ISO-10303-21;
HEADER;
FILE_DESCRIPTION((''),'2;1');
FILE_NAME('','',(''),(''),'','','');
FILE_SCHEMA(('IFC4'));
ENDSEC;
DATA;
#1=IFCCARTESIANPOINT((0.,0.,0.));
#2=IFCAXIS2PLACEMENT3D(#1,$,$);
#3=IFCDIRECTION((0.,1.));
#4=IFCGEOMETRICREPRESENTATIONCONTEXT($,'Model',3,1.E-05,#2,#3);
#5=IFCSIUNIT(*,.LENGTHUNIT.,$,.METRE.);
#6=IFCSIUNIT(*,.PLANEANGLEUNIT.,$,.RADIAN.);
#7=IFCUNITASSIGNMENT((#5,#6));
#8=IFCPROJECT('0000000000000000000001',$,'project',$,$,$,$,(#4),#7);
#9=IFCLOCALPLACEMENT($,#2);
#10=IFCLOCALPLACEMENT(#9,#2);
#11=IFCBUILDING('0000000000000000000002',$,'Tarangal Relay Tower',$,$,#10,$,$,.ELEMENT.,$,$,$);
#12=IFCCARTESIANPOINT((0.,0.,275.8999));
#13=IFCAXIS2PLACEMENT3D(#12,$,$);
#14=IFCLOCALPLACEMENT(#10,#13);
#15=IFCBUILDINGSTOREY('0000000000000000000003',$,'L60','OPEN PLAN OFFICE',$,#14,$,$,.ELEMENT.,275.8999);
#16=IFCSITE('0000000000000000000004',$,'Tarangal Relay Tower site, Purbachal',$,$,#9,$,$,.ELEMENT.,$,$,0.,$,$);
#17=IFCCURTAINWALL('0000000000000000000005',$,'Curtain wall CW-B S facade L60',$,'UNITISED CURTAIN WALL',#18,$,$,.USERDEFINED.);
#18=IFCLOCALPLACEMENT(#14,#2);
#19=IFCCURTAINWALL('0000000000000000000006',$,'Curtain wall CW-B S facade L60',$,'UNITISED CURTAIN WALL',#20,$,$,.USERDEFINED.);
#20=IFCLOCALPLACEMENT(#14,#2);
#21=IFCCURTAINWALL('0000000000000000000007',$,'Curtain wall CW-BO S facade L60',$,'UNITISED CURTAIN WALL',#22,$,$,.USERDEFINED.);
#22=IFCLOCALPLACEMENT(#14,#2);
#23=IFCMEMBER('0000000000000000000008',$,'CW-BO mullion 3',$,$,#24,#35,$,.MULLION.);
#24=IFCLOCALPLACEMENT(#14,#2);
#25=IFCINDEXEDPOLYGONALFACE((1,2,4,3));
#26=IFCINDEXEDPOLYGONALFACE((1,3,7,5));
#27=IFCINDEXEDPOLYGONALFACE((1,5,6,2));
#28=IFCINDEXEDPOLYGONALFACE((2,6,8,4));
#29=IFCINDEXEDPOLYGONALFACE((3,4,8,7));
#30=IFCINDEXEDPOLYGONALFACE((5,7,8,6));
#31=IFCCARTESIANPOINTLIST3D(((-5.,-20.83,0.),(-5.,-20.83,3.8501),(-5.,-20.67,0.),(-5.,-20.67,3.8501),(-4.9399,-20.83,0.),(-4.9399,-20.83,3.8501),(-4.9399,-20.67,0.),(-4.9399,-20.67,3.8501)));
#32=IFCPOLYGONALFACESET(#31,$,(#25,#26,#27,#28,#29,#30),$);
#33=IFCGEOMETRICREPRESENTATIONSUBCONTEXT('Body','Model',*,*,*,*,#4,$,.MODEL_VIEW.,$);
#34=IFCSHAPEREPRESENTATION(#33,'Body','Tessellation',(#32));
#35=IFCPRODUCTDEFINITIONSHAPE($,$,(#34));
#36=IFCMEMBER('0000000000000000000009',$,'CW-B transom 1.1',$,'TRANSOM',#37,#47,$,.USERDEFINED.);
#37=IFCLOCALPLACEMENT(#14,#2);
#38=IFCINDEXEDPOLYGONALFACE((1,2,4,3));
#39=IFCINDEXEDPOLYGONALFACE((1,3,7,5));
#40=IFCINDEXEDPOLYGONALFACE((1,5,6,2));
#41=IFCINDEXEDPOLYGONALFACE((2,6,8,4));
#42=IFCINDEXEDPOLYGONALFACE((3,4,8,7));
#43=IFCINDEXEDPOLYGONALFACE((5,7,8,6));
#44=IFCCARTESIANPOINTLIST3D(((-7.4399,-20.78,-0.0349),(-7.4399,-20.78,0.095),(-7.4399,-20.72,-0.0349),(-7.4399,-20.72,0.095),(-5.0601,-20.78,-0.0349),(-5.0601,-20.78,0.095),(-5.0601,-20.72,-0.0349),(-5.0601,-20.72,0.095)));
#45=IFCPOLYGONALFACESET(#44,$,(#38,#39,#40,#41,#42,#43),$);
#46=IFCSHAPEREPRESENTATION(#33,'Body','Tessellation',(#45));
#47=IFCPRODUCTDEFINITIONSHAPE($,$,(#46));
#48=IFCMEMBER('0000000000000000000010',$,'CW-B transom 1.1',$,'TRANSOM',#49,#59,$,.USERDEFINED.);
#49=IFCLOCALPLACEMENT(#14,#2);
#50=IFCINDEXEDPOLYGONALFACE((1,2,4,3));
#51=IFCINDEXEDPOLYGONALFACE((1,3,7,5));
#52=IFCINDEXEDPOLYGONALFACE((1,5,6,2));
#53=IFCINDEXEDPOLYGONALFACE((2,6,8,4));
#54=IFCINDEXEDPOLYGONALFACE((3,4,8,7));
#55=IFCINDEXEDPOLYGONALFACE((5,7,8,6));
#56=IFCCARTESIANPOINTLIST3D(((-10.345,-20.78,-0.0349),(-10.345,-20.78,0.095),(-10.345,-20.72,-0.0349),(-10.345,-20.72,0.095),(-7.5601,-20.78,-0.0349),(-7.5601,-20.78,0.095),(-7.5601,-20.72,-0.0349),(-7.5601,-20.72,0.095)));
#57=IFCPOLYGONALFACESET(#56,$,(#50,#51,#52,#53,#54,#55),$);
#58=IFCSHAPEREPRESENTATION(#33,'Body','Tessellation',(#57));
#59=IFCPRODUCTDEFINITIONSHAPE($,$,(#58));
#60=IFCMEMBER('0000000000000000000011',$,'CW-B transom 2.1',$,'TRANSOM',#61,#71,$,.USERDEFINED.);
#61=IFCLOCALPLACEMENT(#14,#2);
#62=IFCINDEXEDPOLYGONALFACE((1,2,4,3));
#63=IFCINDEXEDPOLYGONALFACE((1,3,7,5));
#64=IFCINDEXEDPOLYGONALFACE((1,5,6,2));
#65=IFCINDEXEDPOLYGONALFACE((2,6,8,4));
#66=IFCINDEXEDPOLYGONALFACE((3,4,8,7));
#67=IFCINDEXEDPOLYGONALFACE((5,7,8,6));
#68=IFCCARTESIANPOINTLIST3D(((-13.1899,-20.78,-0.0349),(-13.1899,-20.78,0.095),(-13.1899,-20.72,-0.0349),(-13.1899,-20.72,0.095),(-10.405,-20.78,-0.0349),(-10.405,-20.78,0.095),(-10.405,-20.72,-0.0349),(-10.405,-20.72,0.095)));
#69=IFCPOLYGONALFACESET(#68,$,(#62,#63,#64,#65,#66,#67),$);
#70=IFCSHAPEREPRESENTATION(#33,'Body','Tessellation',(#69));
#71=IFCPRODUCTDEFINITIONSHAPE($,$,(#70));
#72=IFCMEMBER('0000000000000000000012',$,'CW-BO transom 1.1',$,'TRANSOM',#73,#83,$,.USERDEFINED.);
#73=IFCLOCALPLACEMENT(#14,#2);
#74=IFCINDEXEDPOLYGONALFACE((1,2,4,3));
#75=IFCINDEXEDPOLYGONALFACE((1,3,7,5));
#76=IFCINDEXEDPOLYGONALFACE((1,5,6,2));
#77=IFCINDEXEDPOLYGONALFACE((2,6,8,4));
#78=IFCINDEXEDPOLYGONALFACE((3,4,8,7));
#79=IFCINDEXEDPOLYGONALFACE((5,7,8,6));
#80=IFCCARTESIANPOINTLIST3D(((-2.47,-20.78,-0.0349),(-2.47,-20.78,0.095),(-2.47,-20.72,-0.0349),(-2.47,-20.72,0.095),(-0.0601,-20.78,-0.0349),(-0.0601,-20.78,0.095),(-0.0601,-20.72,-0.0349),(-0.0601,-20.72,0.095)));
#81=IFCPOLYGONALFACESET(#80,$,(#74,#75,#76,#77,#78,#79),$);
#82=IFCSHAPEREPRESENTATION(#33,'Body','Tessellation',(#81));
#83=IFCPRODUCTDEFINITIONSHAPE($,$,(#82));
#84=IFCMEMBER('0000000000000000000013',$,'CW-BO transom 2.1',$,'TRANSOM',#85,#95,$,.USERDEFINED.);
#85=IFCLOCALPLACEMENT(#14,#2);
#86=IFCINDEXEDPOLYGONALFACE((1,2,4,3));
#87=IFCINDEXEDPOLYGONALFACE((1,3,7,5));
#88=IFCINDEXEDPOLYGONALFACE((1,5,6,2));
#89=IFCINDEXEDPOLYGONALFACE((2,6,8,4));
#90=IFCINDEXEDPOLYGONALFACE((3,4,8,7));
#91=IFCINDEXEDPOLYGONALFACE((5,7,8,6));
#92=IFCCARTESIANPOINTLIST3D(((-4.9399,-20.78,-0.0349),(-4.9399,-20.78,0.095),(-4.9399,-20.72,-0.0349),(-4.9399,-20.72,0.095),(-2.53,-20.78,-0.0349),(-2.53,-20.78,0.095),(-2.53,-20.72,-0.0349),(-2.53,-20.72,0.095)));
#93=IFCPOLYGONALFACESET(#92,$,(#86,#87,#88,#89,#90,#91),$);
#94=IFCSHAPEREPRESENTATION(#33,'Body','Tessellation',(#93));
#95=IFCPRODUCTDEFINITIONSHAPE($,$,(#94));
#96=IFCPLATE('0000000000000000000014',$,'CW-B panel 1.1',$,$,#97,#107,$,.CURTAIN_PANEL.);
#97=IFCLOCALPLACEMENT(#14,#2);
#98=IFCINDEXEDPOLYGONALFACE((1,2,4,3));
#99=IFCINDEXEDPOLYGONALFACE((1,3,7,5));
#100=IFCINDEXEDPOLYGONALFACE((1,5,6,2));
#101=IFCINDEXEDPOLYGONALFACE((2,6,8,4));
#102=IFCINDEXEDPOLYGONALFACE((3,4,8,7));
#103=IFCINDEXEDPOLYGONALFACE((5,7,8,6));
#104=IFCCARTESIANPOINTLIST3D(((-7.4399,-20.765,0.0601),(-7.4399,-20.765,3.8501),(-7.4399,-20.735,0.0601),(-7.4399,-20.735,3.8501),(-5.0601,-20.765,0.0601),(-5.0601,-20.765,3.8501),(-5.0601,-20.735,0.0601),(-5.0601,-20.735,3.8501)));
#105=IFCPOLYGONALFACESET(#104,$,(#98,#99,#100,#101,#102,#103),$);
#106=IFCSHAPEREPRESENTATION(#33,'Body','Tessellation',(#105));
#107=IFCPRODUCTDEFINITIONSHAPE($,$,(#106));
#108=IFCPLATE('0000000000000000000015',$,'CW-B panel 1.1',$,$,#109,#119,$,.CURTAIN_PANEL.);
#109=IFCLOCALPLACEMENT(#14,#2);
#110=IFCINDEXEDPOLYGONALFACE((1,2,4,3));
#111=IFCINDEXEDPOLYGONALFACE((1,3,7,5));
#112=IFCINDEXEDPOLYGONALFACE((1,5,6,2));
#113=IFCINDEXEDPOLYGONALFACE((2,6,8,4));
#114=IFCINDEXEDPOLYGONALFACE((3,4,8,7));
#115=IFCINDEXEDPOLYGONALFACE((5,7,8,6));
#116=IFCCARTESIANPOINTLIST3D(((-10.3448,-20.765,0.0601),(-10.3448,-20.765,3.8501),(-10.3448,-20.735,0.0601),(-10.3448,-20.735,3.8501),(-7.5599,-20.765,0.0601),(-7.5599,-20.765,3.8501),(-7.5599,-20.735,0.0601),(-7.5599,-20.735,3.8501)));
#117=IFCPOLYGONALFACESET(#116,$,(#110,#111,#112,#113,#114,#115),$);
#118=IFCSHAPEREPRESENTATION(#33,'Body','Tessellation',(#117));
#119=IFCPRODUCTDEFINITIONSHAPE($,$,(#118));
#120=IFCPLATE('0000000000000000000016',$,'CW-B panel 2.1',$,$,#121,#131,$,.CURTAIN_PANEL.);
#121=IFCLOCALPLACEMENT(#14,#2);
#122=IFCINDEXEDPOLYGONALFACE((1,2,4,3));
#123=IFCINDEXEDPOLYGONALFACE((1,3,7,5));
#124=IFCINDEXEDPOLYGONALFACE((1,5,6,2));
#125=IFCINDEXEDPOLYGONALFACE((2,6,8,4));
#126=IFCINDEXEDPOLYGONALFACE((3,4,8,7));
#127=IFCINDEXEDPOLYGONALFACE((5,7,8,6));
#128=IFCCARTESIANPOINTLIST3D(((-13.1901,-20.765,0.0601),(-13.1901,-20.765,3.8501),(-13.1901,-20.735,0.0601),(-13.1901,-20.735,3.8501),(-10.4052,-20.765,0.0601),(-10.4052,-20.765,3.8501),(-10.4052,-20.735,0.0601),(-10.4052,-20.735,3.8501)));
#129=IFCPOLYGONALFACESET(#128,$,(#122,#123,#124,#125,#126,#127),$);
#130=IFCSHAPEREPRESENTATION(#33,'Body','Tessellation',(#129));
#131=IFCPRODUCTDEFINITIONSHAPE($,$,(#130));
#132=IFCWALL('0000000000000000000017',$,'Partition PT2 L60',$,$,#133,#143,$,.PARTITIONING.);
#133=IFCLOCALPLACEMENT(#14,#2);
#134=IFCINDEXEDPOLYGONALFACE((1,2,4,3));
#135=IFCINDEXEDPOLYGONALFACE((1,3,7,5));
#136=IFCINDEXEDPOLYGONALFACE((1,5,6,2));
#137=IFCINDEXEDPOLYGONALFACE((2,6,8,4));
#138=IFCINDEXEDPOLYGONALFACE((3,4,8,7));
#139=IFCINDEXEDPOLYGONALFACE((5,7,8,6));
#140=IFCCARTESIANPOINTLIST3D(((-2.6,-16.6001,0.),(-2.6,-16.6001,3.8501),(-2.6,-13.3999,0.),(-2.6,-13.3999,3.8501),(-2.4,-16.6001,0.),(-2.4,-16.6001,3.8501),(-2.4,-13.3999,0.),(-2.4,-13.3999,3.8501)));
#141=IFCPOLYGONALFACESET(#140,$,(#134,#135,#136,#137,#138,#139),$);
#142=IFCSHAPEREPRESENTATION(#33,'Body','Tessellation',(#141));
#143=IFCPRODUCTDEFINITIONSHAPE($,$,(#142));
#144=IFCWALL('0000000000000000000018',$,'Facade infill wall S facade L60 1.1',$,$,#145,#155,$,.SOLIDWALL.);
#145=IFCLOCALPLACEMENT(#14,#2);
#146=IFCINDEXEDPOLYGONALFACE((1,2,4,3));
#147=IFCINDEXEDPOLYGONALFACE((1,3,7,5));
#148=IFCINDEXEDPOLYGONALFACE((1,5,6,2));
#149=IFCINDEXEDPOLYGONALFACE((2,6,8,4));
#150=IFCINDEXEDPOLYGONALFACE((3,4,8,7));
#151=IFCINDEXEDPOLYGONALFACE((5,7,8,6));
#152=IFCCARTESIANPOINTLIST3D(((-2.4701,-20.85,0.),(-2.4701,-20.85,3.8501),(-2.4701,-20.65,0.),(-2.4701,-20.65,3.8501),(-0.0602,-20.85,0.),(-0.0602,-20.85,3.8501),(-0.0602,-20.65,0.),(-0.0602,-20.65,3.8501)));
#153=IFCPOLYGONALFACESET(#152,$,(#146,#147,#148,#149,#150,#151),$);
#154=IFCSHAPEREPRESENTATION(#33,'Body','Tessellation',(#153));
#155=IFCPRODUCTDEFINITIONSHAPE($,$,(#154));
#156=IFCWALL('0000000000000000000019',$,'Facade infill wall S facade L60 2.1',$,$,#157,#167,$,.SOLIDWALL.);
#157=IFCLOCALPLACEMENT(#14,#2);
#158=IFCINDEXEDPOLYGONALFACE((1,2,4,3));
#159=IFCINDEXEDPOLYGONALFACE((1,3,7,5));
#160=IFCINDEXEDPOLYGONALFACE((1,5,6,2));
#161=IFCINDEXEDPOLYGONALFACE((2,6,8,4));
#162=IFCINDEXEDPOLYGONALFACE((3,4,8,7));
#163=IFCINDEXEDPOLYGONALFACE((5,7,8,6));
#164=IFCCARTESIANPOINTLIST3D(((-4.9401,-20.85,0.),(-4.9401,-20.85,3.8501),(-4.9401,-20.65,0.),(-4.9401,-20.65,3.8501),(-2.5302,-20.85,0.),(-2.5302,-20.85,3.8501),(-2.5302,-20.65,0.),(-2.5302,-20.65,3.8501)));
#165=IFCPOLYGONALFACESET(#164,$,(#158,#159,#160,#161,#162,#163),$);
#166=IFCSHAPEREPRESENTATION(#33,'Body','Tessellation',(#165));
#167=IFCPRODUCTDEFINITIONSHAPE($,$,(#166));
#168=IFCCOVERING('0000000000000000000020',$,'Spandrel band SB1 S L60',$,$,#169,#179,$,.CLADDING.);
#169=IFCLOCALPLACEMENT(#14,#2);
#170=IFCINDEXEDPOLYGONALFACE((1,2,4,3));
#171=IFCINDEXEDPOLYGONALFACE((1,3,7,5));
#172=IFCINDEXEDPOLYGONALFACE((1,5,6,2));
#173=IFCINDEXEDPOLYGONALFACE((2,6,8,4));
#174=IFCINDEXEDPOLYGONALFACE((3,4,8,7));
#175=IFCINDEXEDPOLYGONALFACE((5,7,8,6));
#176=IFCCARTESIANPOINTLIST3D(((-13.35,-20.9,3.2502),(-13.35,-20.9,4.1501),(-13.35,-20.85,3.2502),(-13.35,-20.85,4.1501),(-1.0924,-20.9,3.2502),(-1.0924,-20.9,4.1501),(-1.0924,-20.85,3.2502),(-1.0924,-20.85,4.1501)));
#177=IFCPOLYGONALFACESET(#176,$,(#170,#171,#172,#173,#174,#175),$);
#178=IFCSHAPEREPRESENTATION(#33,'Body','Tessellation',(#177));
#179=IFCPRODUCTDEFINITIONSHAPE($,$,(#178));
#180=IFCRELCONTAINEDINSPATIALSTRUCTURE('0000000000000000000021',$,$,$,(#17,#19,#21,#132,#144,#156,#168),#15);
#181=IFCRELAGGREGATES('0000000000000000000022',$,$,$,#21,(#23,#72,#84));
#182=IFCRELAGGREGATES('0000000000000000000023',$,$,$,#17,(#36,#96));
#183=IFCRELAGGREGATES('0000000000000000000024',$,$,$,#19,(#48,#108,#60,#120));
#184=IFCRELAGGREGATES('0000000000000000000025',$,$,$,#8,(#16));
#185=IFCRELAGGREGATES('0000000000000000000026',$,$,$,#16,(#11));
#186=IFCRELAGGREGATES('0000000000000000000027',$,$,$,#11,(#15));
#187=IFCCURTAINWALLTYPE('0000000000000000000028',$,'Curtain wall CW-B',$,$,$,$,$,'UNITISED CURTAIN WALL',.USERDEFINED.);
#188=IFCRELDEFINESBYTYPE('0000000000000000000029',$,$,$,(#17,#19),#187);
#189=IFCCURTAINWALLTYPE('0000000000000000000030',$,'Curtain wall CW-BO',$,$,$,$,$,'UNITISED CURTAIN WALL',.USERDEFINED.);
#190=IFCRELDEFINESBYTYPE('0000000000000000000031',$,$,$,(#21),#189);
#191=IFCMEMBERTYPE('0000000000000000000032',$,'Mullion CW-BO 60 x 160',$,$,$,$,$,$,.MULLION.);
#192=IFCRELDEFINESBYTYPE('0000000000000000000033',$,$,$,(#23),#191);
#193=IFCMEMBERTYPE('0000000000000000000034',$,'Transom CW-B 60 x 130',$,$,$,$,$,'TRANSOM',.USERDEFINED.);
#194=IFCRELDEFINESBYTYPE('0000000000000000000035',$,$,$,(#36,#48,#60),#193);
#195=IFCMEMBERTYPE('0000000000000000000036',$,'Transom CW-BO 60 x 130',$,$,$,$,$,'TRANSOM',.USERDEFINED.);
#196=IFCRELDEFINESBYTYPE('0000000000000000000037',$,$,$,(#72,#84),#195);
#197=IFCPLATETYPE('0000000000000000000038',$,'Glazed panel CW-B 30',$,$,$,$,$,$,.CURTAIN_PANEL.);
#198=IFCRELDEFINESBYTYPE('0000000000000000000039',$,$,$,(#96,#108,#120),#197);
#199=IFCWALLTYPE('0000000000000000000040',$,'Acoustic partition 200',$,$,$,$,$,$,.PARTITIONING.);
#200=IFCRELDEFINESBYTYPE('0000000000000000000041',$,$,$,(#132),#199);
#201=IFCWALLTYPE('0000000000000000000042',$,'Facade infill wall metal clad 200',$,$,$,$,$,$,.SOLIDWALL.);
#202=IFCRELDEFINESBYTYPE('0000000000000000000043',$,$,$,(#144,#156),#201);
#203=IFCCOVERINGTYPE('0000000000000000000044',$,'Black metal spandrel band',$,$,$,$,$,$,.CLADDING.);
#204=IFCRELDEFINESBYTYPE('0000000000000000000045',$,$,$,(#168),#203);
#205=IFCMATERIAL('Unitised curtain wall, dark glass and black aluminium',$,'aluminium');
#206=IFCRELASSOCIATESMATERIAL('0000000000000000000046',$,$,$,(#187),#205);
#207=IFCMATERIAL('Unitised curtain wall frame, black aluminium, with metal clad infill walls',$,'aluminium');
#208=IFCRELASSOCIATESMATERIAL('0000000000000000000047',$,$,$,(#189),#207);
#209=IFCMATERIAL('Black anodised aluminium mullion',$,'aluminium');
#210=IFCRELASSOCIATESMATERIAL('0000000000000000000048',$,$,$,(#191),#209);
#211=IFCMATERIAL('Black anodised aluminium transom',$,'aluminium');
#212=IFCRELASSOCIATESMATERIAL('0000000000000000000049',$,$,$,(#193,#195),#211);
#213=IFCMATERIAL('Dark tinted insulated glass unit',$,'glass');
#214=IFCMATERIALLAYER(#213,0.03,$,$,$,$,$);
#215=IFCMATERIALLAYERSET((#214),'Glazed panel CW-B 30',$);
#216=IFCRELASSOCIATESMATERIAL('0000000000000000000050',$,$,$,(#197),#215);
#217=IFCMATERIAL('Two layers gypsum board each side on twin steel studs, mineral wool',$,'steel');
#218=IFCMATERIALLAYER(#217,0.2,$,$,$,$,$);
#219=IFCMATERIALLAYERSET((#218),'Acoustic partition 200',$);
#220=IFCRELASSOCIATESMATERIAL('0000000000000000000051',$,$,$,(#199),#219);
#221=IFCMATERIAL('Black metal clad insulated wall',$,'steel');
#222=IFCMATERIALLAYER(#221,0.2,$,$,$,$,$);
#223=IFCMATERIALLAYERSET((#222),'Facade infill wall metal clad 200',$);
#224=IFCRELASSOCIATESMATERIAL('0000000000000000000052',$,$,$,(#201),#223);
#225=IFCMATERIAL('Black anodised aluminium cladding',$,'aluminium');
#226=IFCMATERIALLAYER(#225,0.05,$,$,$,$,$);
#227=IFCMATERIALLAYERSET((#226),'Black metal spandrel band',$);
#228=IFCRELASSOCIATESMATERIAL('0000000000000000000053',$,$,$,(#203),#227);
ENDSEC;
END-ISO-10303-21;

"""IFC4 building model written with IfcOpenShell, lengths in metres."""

from ifc_helpers import new_model, si_unit, direction, frame, frame_2d, origin, origin_2d, place, context, subcontext, project, spatial, rectangle, extrude, material, layer, layer_set, material_profile, profile_set, type_object, element, aggregate, save


model = new_model("IFC4")

# Units and contexts
model_context = context("Model", 3, precision=1e-05, world=origin(), true_north=direction((0.0, 1.0)))
body_context = subcontext(model_context, "Body", "Model", "MODEL_VIEW")
ifc_project = project(units=[si_unit("LENGTHUNIT", "METRE"), si_unit("PLANEANGLEUNIT", "RADIAN")], contexts=[model_context])

# Site, building, storey
site_placement = place(None, origin())
site = spatial("IfcSite", under=ifc_project, at=site_placement, Name="Tarangal Relay Tower site, Purbachal", CompositionType="ELEMENT", RefElevation=0.0)
building_placement = place(site_placement, origin())
building = spatial("IfcBuilding", under=site, at=building_placement, Name="Tarangal Relay Tower", CompositionType="ELEMENT")
storey_placement = place(building_placement, frame((0.0, 0.0, 275.8999)))
storey = spatial("IfcBuildingStorey", under=building, at=storey_placement, Name="L60", Description="OPEN PLAN OFFICE", CompositionType="ELEMENT", Elevation=275.8999)

# Curtain walls, member
ifc_material_1 = material(Name="Unitised curtain wall, dark glass and black aluminium", Category="aluminium")
curtain_wall_type_1 = type_object("IfcCurtainWallType", Name="Curtain wall CW-B", ElementType="UNITISED CURTAIN WALL", PredefinedType="USERDEFINED", material=ifc_material_1)
curtain_wall_1_placement = place(storey_placement, origin())
curtain_wall_1 = element("IfcCurtainWall", 1, at=curtain_wall_1_placement, inside=storey, type_object=curtain_wall_type_1, Name="Curtain wall CW-B S facade L60", ObjectType="UNITISED CURTAIN WALL", PredefinedType="USERDEFINED")
ifc_material_2 = material(Name="Black anodised aluminium mullion", Category="aluminium")
curtain_wall_2_placement = place(storey_placement, origin())
curtain_wall_2 = element("IfcCurtainWall", 2, at=curtain_wall_2_placement, inside=storey, type_object=curtain_wall_type_1, Name="Curtain wall CW-B S facade L60", ObjectType="UNITISED CURTAIN WALL", PredefinedType="USERDEFINED")
ifc_material_3 = material(Name="Unitised curtain wall frame, black aluminium, with metal clad infill walls", Category="aluminium")
curtain_wall_type_2 = type_object("IfcCurtainWallType", Name="Curtain wall CW-BO", ElementType="UNITISED CURTAIN WALL", PredefinedType="USERDEFINED", material=ifc_material_3)
curtain_wall_3_placement = place(storey_placement, origin())
curtain_wall_3 = element("IfcCurtainWall", 3, at=curtain_wall_3_placement, inside=storey, type_object=curtain_wall_type_2, Name="Curtain wall CW-BO S facade L60", ObjectType="UNITISED CURTAIN WALL", PredefinedType="USERDEFINED")
ifc_material_profile_1 = material_profile(ifc_material_2, rectangle(XDim=0.1599, YDim=0.0601, at=origin_2d()), Name="CW-BOM 60X160")
ifc_profile_set_1 = profile_set([ifc_material_profile_1], Name="Black anodised aluminium mullion")
member_type_1 = type_object("IfcMemberType", Name="Mullion CW-BO 60 x 160", PredefinedType="MULLION", material=ifc_profile_set_1)
member_1_placement = place(storey_placement, frame((-4.97, -20.75, 0.0), z_axis=(0.0, 0.0, 1.0), x_axis=(0.0, -1.0, 0.0)))
member_1 = element("IfcMember", 4, at=member_1_placement, type_object=member_type_1, Name="CW-BO mullion 3", PredefinedType="MULLION", context=body_context, shape_type="SweptSolid", body=[
    extrude(rectangle(XDim=0.1599, YDim=0.0601, at=origin_2d()), origin(), (0.0, 0.0, 1.0), 3.8501),
])

# Members
ifc_material_4 = material(Name="Black anodised aluminium transom", Category="aluminium")
ifc_material_profile_2 = material_profile(ifc_material_4, rectangle(XDim=0.0601, YDim=0.1299, at=origin_2d()), Name="CW-BT 60X130")
ifc_profile_set_2 = profile_set([ifc_material_profile_2], Name="Black anodised aluminium transom")
member_type_2 = type_object("IfcMemberType", Name="Transom CW-B 60 x 130", ElementType="TRANSOM", PredefinedType="USERDEFINED", material=ifc_profile_set_2)
member_2_placement = place(storey_placement, frame((-5.0601, -20.75, 0.03), z_axis=(-1.0, 0.0, 0.0), x_axis=(0.0, -1.0, 0.0)))
member_2 = element("IfcMember", 5, at=member_2_placement, type_object=member_type_2, Name="CW-B transom 1.1", ObjectType="TRANSOM", PredefinedType="USERDEFINED", context=body_context, shape_type="SweptSolid", body=[
    extrude(rectangle(XDim=0.0601, YDim=0.1299, at=origin_2d()), origin(), (0.0, 0.0, 1.0), 2.3799),
])
member_3_placement = place(storey_placement, frame((-7.5601, -20.75, 0.03), z_axis=(-1.0, 0.0, 0.0), x_axis=(0.0, -1.0, 0.0)))
member_3 = element("IfcMember", 6, at=member_3_placement, type_object=member_type_2, Name="CW-B transom 1.1", ObjectType="TRANSOM", PredefinedType="USERDEFINED", context=body_context, shape_type="SweptSolid", body=[
    extrude(rectangle(XDim=0.0601, YDim=0.1299, at=origin_2d()), origin(), (0.0, 0.0, 1.0), 2.7849),
])
member_4_placement = place(storey_placement, frame((-10.405, -20.75, 0.03), z_axis=(-1.0, 0.0, 0.0), x_axis=(0.0, -1.0, 0.0)))
member_4 = element("IfcMember", 7, at=member_4_placement, type_object=member_type_2, Name="CW-B transom 2.1", ObjectType="TRANSOM", PredefinedType="USERDEFINED", context=body_context, shape_type="SweptSolid", body=[
    extrude(rectangle(XDim=0.0601, YDim=0.1299, at=origin_2d()), origin(), (0.0, 0.0, 1.0), 2.7849),
])
ifc_material_profile_3 = material_profile(ifc_material_4, rectangle(XDim=0.0601, YDim=0.1299, at=origin_2d()), Name="CW-BOT 60X130")
ifc_profile_set_3 = profile_set([ifc_material_profile_3], Name="Black anodised aluminium transom")
member_type_3 = type_object("IfcMemberType", Name="Transom CW-BO 60 x 130", ElementType="TRANSOM", PredefinedType="USERDEFINED", material=ifc_profile_set_3)
member_5_placement = place(storey_placement, frame((-0.0601, -20.75, 0.03), z_axis=(-1.0, 0.0, 0.0), x_axis=(0.0, -1.0, 0.0)))
member_5 = element("IfcMember", 8, at=member_5_placement, type_object=member_type_3, Name="CW-BO transom 1.1", ObjectType="TRANSOM", PredefinedType="USERDEFINED", context=body_context, shape_type="SweptSolid", body=[
    extrude(rectangle(XDim=0.0601, YDim=0.1299, at=origin_2d()), origin(), (0.0, 0.0, 1.0), 2.4099),
])
member_6_placement = place(storey_placement, frame((-2.53, -20.75, 0.03), z_axis=(-1.0, 0.0, 0.0), x_axis=(0.0, -1.0, 0.0)))
member_6 = element("IfcMember", 9, at=member_6_placement, type_object=member_type_3, Name="CW-BO transom 2.1", ObjectType="TRANSOM", PredefinedType="USERDEFINED", context=body_context, shape_type="SweptSolid", body=[
    extrude(rectangle(XDim=0.0601, YDim=0.1299, at=origin_2d()), origin(), (0.0, 0.0, 1.0), 2.4099),
])
aggregate(curtain_wall_3, [member_1, member_5, member_6])

# Plates
ifc_material_5 = material(Name="Dark tinted insulated glass unit", Category="glass")
ifc_layer_1 = layer(ifc_material_5, 0.03)
ifc_layer_set_1 = layer_set([ifc_layer_1], Name="Glazed panel CW-B 30")
plate_type = type_object("IfcPlateType", Name="Glazed panel CW-B 30", PredefinedType="CURTAIN_PANEL", material=ifc_layer_set_1)
plate_1_placement = place(storey_placement, frame((-6.25, -20.75, 0.0601), z_axis=(0.0, 0.0, 1.0), x_axis=(-1.0, 0.0, 0.0)))
plate_1 = element("IfcPlate", 10, at=plate_1_placement, type_object=plate_type, Name="CW-B panel 1.1", PredefinedType="CURTAIN_PANEL", context=body_context, shape_type="SweptSolid", body=[
    extrude(rectangle(XDim=2.3799, YDim=0.03, at=origin_2d()), origin(), (0.0, 0.0, 1.0), 3.79),
])
aggregate(curtain_wall_1, [member_2, plate_1])
plate_2_placement = place(storey_placement, frame((-8.9524, -20.75, 0.0601), z_axis=(0.0, 0.0, 1.0), x_axis=(-1.0, 0.0, 0.0)))
plate_2 = element("IfcPlate", 11, at=plate_2_placement, type_object=plate_type, Name="CW-B panel 1.1", PredefinedType="CURTAIN_PANEL", context=body_context, shape_type="SweptSolid", body=[
    extrude(rectangle(XDim=2.7849, YDim=0.03, at=origin_2d()), origin(), (0.0, 0.0, 1.0), 3.79),
])
plate_3_placement = place(storey_placement, frame((-11.7976, -20.75, 0.0601), z_axis=(0.0, 0.0, 1.0), x_axis=(-1.0, 0.0, 0.0)))
plate_3 = element("IfcPlate", 12, at=plate_3_placement, type_object=plate_type, Name="CW-B panel 2.1", PredefinedType="CURTAIN_PANEL", context=body_context, shape_type="SweptSolid", body=[
    extrude(rectangle(XDim=2.7849, YDim=0.03, at=origin_2d()), origin(), (0.0, 0.0, 1.0), 3.79),
])
aggregate(curtain_wall_2, [member_3, plate_2, member_4, plate_3])

# Walls
ifc_material_6 = material(Name="Two layers gypsum board each side on twin steel studs, mineral wool", Category="steel")
ifc_layer_2 = layer(ifc_material_6, 0.2)
ifc_layer_set_2 = layer_set([ifc_layer_2], Name="Acoustic partition 200")
wall_type_1 = type_object("IfcWallType", Name="Acoustic partition 200", PredefinedType="PARTITIONING", material=ifc_layer_set_2)
wall_placement = place(storey_placement, frame((-2.5, -16.6001, 0.0), z_axis=(0.0, 0.0, 1.0), x_axis=(0.0, 1.0, 0.0)))
element("IfcWall", 13, at=wall_placement, inside=storey, type_object=wall_type_1, Name="Partition PT2 L60", PredefinedType="PARTITIONING", context=body_context, shape_type="SweptSolid", body=[
    extrude(rectangle(XDim=3.2002, YDim=0.2, at=frame_2d((1.6001, 0.0))), origin(), (0.0, 0.0, 1.0), 3.8501),
])
ifc_material_7 = material(Name="Black metal clad insulated wall", Category="steel")
ifc_layer_3 = layer(ifc_material_7, 0.2)
ifc_layer_set_3 = layer_set([ifc_layer_3], Name="Facade infill wall metal clad 200")
wall_type_2 = type_object("IfcWallType", Name="Facade infill wall metal clad 200", PredefinedType="SOLIDWALL", material=ifc_layer_set_3)
for number, where, z_axis, x_axis, name in (
    (14, (-0.0601, -20.75, 0.0), (0.0, 0.0, 1.0), (-1.0, 0.0, 0.0), "Facade infill wall S facade L60 1.1"),
    (15, (-2.53, -20.75, 0.0), (0.0, 0.0, 1.0), (-1.0, 0.0, 0.0), "Facade infill wall S facade L60 2.1"),
):
    element("IfcWall", number, at=place(storey_placement, frame(where, z_axis=z_axis, x_axis=x_axis)), inside=storey, type_object=wall_type_2, Name=name, PredefinedType="SOLIDWALL", context=body_context, shape_type="SweptSolid", body=[
        extrude(rectangle(XDim=2.4099, YDim=0.2, at=frame_2d((1.2051, 0.0))), origin(), (0.0, 0.0, 1.0), 3.8501),
    ])

# Covering
ifc_material_8 = material(Name="Black anodised aluminium cladding", Category="aluminium")
ifc_layer_4 = layer(ifc_material_8, 0.05)
ifc_layer_set_4 = layer_set([ifc_layer_4], Name="Black metal spandrel band")
covering_type = type_object("IfcCoveringType", Name="Black metal spandrel band", PredefinedType="CLADDING", material=ifc_layer_set_4)
covering_placement = place(storey_placement, frame((-7.2212, -20.875, 3.2502), z_axis=(0.0, 0.0, 1.0), x_axis=(-1.0, 0.0, 0.0)))
element("IfcCovering", 16, at=covering_placement, inside=storey, type_object=covering_type, Name="Spandrel band SB1 S L60", PredefinedType="CLADDING", context=body_context, shape_type="SweptSolid", body=[
    extrude(rectangle(XDim=12.2576, YDim=0.05, at=origin_2d()), origin(), (0.0, 0.0, 1.0), 0.8999),
])

save(model, "model.ifc")
